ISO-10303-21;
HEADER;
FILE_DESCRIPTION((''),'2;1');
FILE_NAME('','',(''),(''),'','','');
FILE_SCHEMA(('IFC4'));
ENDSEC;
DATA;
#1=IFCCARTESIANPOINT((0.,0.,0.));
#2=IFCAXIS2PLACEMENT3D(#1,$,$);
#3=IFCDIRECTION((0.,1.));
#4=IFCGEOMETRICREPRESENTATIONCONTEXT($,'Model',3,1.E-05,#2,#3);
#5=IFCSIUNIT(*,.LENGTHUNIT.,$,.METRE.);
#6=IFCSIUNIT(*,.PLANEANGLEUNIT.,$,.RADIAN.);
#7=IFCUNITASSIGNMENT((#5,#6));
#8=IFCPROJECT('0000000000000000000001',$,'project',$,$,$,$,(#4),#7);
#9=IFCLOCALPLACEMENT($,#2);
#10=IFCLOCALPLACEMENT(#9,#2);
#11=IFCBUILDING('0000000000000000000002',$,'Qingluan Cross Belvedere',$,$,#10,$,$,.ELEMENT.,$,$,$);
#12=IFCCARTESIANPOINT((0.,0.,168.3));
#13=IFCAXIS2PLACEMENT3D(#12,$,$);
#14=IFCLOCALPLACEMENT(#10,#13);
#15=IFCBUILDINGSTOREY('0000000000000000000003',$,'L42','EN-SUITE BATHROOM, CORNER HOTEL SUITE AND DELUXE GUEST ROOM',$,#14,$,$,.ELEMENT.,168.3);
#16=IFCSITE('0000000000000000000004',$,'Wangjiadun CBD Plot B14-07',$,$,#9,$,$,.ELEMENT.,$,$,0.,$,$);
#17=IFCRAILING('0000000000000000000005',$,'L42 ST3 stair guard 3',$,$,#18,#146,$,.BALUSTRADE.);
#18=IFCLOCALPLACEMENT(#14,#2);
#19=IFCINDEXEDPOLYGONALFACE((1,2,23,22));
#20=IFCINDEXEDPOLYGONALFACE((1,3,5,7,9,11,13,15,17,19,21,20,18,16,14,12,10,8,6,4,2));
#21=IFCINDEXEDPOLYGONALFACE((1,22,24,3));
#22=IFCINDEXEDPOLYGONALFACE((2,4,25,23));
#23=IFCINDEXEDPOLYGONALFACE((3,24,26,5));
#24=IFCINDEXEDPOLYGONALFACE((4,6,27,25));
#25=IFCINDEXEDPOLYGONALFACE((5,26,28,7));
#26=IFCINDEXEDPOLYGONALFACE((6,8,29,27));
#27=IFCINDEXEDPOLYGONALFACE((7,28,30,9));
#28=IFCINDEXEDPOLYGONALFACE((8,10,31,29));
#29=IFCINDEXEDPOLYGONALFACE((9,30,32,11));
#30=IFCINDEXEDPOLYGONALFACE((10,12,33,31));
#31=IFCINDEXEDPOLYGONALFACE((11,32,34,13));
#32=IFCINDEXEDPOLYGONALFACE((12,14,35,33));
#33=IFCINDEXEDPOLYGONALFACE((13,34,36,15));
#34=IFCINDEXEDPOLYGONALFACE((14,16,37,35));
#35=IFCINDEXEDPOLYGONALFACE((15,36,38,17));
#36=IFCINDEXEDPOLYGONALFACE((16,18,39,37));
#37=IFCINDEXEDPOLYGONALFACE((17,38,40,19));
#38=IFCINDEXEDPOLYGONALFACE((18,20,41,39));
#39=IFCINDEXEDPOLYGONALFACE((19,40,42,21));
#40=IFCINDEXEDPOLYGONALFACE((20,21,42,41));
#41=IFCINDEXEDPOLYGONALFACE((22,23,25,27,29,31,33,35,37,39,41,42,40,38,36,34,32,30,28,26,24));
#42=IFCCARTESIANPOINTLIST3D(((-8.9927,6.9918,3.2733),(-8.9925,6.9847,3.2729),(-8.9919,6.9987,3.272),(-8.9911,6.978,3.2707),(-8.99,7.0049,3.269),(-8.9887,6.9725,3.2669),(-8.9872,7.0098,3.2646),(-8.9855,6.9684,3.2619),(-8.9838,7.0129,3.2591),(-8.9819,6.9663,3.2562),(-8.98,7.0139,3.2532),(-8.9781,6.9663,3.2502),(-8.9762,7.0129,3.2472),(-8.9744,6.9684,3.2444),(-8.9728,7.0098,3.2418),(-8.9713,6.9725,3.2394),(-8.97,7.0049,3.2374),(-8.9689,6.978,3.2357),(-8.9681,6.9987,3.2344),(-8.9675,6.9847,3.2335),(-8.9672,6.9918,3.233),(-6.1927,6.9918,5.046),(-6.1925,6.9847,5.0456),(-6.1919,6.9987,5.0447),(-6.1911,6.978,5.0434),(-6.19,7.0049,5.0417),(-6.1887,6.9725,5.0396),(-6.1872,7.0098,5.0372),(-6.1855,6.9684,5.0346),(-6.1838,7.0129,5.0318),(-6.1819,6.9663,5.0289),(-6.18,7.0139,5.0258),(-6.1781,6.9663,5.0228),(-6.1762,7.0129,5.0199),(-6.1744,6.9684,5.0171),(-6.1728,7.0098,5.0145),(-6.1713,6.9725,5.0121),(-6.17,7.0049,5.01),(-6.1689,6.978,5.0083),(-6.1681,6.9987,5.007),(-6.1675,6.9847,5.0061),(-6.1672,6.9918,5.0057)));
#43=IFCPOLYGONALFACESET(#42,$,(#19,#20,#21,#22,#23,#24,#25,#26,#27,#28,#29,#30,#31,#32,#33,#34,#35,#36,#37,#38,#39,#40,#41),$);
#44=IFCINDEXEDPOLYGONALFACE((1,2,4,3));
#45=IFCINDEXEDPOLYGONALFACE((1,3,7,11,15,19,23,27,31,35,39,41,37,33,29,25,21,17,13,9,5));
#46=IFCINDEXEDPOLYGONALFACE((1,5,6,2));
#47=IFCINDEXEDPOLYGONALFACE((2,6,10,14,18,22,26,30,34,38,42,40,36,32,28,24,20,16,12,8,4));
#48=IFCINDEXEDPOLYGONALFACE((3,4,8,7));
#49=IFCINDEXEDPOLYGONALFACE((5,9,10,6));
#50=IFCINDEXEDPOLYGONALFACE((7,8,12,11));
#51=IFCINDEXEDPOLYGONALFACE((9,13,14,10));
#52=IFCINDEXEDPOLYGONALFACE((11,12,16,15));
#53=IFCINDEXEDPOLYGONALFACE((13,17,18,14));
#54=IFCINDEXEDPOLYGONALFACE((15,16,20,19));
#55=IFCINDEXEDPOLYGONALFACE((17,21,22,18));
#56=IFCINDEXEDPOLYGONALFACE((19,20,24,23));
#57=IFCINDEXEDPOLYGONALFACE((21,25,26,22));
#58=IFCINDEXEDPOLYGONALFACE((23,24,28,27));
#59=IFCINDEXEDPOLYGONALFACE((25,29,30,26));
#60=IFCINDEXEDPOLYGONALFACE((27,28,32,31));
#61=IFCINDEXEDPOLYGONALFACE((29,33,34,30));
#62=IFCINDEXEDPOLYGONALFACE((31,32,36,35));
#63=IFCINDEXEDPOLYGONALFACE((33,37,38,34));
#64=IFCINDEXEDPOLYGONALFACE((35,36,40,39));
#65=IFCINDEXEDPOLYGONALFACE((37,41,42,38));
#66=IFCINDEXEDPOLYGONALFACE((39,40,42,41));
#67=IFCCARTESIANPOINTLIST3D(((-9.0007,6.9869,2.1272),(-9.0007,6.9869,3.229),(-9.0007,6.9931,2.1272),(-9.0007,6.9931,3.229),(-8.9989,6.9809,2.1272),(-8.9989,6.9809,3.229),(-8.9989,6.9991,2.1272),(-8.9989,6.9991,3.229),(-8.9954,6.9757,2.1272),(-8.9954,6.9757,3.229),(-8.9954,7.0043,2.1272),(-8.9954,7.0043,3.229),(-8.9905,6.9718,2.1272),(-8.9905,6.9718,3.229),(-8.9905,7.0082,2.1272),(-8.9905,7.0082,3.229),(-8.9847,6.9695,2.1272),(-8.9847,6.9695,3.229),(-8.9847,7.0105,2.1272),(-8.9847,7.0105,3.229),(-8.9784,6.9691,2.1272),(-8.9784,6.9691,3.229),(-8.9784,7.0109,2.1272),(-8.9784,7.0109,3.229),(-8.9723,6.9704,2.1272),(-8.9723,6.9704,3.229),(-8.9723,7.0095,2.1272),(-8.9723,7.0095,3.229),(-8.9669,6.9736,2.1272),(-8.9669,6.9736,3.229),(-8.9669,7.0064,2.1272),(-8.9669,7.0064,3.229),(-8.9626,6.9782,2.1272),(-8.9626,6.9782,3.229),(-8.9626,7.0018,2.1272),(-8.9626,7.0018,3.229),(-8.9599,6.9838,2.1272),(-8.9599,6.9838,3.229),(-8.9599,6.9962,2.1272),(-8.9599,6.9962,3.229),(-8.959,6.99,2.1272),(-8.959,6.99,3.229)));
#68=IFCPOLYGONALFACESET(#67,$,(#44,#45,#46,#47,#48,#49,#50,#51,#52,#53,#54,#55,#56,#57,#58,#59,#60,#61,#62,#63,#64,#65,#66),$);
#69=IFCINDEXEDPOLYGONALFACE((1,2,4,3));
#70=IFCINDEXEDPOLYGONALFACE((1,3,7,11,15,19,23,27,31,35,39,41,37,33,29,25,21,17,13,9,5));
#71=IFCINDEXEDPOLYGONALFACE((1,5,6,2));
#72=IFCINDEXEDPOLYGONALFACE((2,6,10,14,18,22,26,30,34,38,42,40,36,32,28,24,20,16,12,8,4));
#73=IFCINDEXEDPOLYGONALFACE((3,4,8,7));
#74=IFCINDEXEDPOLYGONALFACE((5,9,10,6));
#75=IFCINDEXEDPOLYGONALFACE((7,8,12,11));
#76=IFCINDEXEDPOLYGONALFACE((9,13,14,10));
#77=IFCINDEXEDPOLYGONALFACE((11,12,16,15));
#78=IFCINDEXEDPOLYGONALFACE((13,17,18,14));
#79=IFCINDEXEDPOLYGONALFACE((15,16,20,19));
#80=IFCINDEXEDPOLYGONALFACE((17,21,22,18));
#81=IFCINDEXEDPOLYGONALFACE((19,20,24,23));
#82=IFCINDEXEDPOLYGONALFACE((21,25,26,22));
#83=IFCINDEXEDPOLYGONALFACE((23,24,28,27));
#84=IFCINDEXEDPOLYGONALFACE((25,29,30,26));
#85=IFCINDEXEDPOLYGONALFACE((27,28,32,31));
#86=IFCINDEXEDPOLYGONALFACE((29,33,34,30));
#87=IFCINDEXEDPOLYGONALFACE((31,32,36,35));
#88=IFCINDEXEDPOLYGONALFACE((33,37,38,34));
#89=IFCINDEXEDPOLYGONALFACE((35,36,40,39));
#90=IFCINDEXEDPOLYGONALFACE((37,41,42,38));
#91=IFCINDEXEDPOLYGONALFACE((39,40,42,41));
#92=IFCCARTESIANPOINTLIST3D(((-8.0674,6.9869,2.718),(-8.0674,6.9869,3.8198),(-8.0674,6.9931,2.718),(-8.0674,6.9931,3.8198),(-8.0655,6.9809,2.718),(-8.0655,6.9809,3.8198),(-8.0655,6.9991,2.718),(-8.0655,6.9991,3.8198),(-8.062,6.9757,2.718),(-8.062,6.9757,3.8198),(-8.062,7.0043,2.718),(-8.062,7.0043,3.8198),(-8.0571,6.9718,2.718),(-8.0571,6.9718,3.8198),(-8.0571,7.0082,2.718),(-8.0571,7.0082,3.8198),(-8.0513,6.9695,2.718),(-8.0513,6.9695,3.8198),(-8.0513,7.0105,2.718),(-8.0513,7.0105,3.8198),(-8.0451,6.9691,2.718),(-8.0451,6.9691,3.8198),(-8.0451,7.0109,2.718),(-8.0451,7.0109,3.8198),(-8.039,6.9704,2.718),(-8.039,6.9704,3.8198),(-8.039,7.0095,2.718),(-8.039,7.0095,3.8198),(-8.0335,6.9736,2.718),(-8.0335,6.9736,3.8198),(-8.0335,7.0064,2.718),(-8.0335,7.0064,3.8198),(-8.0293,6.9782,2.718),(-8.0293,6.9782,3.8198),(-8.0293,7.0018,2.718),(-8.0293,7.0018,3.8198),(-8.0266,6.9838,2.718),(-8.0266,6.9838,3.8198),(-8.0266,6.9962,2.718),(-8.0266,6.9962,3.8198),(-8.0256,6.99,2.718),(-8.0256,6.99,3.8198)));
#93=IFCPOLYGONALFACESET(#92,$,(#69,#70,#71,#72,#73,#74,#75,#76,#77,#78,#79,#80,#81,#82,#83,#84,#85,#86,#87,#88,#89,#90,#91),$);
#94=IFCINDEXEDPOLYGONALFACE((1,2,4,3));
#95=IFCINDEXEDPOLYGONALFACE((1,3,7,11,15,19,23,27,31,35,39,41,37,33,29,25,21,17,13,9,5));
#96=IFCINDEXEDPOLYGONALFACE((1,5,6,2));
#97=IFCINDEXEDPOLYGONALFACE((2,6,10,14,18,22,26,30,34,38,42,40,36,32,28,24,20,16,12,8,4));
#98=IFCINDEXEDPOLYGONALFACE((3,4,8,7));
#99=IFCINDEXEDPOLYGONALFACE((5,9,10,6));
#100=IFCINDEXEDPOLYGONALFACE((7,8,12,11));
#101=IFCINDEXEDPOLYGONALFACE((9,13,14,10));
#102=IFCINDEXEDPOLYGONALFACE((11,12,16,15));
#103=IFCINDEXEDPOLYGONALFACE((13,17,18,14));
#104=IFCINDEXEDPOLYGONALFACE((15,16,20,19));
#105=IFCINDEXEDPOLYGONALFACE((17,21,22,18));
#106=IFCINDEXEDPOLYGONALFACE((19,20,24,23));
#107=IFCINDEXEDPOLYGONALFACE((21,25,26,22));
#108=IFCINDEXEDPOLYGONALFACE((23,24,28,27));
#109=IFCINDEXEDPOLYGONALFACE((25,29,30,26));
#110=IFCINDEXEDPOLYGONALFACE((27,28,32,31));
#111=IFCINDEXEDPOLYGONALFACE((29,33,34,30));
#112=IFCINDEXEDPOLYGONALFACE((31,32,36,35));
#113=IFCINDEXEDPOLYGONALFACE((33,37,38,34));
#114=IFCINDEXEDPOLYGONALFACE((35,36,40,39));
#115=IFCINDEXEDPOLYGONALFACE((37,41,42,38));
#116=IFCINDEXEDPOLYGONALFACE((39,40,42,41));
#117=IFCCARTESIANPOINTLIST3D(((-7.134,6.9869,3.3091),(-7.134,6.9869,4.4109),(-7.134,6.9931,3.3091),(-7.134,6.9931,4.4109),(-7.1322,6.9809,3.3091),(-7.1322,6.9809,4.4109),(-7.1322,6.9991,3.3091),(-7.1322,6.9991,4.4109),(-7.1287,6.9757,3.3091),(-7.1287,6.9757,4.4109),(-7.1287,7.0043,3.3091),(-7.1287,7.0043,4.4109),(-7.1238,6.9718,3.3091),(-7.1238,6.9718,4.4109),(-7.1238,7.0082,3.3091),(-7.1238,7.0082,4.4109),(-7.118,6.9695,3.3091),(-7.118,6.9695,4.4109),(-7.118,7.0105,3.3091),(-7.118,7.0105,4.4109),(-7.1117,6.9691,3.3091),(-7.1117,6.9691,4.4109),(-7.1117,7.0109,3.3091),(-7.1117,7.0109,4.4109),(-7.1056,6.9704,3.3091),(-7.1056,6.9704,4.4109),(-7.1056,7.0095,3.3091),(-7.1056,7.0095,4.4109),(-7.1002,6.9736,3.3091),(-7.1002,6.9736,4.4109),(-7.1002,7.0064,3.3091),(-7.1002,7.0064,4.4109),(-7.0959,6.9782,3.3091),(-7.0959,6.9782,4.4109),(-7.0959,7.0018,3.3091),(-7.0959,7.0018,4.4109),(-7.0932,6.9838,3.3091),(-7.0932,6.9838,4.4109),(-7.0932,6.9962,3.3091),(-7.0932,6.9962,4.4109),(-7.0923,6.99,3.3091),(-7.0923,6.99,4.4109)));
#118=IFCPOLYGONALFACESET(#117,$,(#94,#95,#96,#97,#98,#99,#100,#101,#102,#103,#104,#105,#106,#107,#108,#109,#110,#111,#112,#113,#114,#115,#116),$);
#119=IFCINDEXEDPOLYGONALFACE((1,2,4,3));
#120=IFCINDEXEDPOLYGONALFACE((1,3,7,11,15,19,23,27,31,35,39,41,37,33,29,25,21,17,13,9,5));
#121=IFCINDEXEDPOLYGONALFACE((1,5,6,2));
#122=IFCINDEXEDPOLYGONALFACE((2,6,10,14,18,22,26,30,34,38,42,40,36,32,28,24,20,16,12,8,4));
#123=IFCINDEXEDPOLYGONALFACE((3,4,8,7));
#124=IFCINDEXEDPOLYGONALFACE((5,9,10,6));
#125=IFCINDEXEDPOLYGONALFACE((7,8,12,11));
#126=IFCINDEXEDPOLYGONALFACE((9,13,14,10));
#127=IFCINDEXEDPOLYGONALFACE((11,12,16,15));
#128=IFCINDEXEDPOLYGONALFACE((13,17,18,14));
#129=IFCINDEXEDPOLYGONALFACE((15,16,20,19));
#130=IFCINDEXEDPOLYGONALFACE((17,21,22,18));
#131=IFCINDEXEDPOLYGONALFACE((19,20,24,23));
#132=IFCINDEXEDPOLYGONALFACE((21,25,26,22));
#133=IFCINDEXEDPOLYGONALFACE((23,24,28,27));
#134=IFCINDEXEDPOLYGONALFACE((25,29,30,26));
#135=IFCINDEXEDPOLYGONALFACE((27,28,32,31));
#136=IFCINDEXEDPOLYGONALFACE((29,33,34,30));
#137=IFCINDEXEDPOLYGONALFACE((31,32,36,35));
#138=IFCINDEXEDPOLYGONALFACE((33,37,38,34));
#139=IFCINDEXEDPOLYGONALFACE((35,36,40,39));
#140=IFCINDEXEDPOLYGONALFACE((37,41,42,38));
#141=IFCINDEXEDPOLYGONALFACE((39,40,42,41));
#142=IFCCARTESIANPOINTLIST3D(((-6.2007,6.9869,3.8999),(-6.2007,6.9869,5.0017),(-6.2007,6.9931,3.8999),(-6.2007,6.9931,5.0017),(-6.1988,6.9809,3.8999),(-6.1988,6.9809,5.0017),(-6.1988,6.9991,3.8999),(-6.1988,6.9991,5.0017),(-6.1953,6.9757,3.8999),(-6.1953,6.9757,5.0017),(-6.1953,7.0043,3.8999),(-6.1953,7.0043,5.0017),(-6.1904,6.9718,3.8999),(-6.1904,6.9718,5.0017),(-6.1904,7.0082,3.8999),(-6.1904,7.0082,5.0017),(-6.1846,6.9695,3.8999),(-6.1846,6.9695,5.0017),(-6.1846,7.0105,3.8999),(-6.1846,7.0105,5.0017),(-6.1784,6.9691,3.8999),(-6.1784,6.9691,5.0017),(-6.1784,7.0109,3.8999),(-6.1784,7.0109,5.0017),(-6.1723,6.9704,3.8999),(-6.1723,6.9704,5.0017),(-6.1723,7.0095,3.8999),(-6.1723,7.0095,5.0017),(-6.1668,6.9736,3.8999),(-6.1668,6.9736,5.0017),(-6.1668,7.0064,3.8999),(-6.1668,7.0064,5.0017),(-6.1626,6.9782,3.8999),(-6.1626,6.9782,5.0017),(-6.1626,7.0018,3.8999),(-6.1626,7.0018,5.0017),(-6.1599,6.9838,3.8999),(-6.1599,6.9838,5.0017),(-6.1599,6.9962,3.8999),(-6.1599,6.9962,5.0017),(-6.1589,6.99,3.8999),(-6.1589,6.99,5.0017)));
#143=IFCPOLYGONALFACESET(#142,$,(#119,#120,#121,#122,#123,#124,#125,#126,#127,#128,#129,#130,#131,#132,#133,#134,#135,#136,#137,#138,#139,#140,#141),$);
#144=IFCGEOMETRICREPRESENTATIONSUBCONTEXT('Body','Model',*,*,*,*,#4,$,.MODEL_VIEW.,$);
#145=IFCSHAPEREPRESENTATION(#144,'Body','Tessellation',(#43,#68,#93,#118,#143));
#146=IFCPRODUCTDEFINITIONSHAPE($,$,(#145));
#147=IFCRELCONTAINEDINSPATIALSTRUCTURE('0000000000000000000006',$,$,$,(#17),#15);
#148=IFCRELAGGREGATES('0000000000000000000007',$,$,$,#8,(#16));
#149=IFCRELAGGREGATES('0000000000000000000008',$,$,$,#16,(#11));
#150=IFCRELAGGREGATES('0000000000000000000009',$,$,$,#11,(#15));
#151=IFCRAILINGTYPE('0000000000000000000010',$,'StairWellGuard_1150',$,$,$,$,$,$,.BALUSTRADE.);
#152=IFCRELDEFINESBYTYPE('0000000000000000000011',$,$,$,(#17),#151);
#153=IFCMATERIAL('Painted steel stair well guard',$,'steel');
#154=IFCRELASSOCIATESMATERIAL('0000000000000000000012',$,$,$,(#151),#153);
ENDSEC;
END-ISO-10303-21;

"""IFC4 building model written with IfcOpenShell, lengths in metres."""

from ifc_helpers import new_model, si_unit, direction, frame, origin, origin_2d, place, context, subcontext, project, spatial, circle, extrude, material, type_object, element, save


model = new_model("IFC4")

# Units and contexts
model_context = context("Model", 3, precision=1e-05, world=origin(), true_north=direction((0.0, 1.0)))
body_context = subcontext(model_context, "Body", "Model", "MODEL_VIEW")
ifc_project = project(units=[si_unit("LENGTHUNIT", "METRE"), si_unit("PLANEANGLEUNIT", "RADIAN")], contexts=[model_context])

# Site, building, storey
site_placement = place(None, origin())
site = spatial("IfcSite", under=ifc_project, at=site_placement, Name="Wangjiadun CBD Plot B14-07", CompositionType="ELEMENT", RefElevation=0.0)
building_placement = place(site_placement, origin())
building = spatial("IfcBuilding", under=site, at=building_placement, Name="Qingluan Cross Belvedere", CompositionType="ELEMENT")
storey_placement = place(building_placement, frame((0.0, 0.0, 168.3)))
storey = spatial("IfcBuildingStorey", under=building, at=storey_placement, Name="L42", Description="EN-SUITE BATHROOM, CORNER HOTEL SUITE AND DELUXE GUEST ROOM", CompositionType="ELEMENT", Elevation=168.3)

# Railing
ifc_material_1 = material(Name="Painted steel stair well guard", Category="steel")
railing_type_1 = type_object("IfcRailingType", Name="StairWellGuard_1150", PredefinedType="BALUSTRADE", material=ifc_material_1)
railing_1_placement = place(storey_placement, frame((-8.98, 6.99, 2.1272)))
element("IfcRailing", 1, at=railing_1_placement, inside=storey, type_object=railing_type_1, Name="L42 ST3 stair guard 3", PredefinedType="BALUSTRADE", context=body_context, shape_type="SweptSolid", body=[
    extrude(circle(Radius=0.0239, at=origin_2d()), frame((0.0, 0.0, 1.126), z_axis=(0.844909, 0.0, 0.53491), x_axis=(0.0, 1.0, 0.0)), (0.0, 0.0, 1.0), 3.314),
    extrude(circle(Radius=0.021, at=origin_2d()), origin(), (0.0, 0.0, 1.0), 1.1018),
    extrude(circle(Radius=0.021, at=origin_2d()), frame((0.9333, 0.0, 0.5908)), (0.0, 0.0, 1.0), 1.1018),
    extrude(circle(Radius=0.021, at=origin_2d()), frame((1.8667, 0.0, 1.1819)), (0.0, 0.0, 1.0), 1.1018),
    extrude(circle(Radius=0.021, at=origin_2d()), frame((2.8, 0.0, 1.7727)), (0.0, 0.0, 1.0), 1.1018),
])

save(model, "model.ifc")
